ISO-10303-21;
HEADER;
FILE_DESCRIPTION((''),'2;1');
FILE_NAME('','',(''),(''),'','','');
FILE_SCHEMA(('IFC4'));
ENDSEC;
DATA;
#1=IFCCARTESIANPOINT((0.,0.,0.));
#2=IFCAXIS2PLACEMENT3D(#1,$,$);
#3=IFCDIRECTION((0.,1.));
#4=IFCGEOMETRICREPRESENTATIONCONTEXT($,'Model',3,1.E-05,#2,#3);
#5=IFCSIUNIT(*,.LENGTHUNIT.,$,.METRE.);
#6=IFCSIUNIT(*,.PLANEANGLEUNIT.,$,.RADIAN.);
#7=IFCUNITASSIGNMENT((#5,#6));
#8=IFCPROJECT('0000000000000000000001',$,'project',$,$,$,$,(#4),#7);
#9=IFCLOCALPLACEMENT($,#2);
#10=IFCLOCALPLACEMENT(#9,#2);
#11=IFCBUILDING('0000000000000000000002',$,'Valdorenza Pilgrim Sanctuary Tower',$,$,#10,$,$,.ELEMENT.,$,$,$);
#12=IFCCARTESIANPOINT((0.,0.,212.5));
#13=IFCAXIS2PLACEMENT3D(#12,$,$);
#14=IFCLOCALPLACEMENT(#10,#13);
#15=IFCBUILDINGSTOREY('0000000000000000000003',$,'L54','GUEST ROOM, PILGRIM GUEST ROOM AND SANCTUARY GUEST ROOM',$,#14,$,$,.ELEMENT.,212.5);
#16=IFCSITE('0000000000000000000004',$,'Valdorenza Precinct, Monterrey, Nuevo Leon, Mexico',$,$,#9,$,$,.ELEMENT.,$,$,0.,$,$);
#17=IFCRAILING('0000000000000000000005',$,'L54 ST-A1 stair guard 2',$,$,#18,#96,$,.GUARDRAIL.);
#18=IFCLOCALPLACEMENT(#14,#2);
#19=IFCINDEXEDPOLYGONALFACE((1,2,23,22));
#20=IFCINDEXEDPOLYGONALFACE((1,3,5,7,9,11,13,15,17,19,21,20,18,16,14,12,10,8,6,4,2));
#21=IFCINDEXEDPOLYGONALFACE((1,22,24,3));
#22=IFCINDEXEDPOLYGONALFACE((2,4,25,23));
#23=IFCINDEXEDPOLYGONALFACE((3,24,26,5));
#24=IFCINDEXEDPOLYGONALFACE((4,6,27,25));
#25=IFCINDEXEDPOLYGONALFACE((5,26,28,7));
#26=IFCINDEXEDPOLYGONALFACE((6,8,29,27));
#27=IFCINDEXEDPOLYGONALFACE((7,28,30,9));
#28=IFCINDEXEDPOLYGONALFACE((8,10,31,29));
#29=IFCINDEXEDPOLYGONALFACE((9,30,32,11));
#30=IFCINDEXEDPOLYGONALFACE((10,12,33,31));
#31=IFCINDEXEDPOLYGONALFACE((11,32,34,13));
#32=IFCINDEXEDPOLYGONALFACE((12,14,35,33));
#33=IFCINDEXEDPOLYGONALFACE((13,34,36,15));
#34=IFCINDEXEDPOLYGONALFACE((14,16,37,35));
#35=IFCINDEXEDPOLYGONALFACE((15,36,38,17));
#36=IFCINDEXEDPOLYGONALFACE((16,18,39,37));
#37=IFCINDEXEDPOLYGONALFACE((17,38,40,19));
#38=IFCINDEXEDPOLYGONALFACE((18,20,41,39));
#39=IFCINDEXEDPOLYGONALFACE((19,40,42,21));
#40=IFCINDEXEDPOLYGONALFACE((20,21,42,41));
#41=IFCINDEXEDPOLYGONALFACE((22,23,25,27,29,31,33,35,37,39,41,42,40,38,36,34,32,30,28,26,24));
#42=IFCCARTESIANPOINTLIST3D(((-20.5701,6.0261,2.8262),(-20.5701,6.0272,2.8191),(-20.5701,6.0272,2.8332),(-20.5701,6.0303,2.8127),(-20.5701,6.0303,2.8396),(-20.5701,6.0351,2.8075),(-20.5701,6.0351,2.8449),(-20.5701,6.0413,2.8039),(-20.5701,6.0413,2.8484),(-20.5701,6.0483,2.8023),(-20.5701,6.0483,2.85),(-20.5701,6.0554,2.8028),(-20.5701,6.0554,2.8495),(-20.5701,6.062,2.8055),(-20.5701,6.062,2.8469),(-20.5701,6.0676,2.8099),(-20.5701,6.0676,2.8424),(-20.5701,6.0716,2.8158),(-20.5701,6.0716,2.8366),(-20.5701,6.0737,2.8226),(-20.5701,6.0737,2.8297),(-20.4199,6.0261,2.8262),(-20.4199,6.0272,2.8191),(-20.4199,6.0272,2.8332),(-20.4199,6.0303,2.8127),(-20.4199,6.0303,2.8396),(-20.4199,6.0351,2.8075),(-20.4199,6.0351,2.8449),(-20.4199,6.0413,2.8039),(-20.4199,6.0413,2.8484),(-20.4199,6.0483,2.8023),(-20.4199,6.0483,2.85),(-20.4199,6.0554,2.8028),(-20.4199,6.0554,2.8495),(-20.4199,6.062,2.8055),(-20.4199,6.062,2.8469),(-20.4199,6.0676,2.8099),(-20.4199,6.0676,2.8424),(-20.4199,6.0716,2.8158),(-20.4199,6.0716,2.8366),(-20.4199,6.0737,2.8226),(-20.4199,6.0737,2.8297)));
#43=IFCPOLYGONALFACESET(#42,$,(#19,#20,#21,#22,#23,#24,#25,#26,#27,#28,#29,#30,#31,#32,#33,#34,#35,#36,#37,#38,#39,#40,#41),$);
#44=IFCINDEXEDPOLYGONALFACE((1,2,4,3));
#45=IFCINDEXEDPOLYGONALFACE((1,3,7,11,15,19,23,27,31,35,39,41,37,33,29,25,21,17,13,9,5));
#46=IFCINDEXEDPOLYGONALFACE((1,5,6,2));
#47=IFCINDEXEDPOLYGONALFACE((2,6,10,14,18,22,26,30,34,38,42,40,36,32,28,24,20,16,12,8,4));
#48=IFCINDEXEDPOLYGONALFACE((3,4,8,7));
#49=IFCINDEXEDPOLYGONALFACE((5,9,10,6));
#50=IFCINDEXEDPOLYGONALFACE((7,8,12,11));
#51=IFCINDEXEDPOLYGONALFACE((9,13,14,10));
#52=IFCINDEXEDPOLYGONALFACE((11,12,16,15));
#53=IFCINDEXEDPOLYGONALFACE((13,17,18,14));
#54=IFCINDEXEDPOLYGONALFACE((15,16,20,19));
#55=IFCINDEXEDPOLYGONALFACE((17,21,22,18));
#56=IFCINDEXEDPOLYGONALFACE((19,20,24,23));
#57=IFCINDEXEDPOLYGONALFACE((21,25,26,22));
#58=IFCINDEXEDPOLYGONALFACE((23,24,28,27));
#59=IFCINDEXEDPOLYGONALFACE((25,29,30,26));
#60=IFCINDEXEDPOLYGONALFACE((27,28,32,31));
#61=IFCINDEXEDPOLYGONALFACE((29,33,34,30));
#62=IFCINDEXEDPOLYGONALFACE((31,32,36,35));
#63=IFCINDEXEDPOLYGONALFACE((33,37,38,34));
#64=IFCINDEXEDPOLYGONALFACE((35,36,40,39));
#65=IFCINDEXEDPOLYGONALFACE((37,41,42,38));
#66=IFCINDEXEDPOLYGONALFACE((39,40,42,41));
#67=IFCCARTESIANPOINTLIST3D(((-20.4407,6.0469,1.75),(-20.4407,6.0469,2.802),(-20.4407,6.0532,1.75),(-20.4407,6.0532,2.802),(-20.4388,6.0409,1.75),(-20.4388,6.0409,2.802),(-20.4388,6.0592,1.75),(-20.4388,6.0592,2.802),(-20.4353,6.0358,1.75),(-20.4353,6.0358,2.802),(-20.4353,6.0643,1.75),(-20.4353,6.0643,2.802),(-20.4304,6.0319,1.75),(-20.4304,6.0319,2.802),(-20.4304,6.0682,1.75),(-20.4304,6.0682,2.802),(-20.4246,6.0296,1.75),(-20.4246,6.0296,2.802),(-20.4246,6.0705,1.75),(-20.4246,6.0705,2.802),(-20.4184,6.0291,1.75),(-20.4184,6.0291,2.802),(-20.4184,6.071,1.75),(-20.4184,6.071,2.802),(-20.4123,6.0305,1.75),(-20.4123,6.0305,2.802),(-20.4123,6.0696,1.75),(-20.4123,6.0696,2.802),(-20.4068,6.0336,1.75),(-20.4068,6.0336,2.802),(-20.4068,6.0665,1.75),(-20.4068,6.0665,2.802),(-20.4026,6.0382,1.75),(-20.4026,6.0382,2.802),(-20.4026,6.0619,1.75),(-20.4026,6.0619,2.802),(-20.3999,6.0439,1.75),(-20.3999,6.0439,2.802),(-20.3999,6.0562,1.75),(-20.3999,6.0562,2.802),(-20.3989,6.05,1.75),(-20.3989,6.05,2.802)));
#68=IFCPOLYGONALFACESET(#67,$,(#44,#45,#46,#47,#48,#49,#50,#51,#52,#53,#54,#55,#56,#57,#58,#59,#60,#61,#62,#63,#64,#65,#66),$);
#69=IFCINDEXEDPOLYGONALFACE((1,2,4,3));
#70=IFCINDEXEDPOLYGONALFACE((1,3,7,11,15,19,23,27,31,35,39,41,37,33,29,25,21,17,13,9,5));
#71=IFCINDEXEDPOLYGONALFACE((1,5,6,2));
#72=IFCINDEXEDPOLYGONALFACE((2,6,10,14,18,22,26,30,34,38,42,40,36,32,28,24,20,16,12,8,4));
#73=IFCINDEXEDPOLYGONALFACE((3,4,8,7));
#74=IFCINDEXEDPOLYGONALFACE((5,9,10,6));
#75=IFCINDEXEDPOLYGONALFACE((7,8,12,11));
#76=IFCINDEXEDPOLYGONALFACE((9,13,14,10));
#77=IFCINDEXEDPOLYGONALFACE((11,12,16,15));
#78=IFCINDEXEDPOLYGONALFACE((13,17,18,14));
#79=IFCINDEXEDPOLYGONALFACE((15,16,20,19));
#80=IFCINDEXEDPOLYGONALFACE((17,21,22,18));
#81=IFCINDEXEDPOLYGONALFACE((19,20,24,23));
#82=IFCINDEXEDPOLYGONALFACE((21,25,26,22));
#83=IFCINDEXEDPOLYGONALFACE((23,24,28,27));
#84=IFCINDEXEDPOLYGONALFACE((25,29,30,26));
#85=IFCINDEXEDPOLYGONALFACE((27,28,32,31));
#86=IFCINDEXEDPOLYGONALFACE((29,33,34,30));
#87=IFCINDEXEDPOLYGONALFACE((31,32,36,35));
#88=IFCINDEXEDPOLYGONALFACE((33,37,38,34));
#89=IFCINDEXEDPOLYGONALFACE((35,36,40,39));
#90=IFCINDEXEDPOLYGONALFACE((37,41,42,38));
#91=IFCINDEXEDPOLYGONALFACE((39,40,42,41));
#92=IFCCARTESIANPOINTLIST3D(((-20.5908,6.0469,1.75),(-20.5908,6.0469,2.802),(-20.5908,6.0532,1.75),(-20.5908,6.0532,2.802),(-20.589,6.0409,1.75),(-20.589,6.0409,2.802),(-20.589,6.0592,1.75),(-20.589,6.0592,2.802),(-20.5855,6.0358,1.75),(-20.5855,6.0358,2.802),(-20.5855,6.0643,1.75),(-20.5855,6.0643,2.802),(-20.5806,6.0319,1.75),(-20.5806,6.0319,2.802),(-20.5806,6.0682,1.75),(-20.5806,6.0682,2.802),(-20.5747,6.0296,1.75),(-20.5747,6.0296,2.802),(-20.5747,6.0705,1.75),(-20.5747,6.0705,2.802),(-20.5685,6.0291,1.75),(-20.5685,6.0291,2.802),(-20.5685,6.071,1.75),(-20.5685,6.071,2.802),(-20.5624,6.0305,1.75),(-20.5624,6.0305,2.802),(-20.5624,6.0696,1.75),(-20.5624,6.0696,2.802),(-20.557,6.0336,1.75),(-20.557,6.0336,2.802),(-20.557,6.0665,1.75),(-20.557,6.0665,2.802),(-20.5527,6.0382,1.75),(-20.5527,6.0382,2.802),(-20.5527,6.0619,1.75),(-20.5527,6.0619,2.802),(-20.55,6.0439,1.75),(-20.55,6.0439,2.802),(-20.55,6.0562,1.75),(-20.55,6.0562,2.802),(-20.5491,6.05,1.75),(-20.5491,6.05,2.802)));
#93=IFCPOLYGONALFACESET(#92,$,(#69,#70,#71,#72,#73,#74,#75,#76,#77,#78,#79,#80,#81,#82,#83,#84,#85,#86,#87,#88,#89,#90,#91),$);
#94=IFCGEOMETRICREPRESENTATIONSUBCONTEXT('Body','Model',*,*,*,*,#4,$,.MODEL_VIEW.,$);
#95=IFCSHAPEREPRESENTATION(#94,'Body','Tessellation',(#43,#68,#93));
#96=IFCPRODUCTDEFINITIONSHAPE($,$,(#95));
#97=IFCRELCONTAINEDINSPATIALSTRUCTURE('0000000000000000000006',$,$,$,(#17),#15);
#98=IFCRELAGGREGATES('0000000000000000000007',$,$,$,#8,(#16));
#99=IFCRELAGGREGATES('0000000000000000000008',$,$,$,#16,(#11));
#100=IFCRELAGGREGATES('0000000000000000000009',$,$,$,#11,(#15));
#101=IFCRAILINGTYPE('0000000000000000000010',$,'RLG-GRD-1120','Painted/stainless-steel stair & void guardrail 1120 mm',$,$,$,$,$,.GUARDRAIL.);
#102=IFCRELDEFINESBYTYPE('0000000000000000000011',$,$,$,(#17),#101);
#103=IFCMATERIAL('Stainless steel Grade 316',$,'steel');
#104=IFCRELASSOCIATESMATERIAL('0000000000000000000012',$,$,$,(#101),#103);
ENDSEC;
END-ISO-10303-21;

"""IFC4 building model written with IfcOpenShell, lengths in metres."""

from ifc_helpers import new_model, si_unit, direction, frame, origin, origin_2d, place, context, subcontext, project, spatial, circle, extrude, material, type_object, element, save


model = new_model("IFC4")

# Units and contexts
model_context = context("Model", 3, precision=1e-05, world=origin(), true_north=direction((0.0, 1.0)))
body_context = subcontext(model_context, "Body", "Model", "MODEL_VIEW")
ifc_project = project(units=[si_unit("LENGTHUNIT", "METRE"), si_unit("PLANEANGLEUNIT", "RADIAN")], contexts=[model_context])

# Site, building, storey
site_placement = place(None, origin())
site = spatial("IfcSite", under=ifc_project, at=site_placement, Name="Valdorenza Precinct, Monterrey, Nuevo Leon, Mexico", CompositionType="ELEMENT", RefElevation=0.0)
building_placement = place(site_placement, origin())
building = spatial("IfcBuilding", under=site, at=building_placement, Name="Valdorenza Pilgrim Sanctuary Tower", CompositionType="ELEMENT")
storey_placement = place(building_placement, frame((0.0, 0.0, 212.5)))
storey = spatial("IfcBuildingStorey", under=building, at=storey_placement, Name="L54", Description="GUEST ROOM, PILGRIM GUEST ROOM AND SANCTUARY GUEST ROOM", CompositionType="ELEMENT", Elevation=212.5)

# Railing
ifc_material_1 = material(Name="Stainless steel Grade 316", Category="steel")
railing_type_1 = type_object("IfcRailingType", Name="RLG-GRD-1120", Description="Painted/stainless-steel stair & void guardrail 1120 mm", PredefinedType="GUARDRAIL", material=ifc_material_1)
railing_1_placement = place(storey_placement, frame((-20.4199, 6.05, 1.75)))
element("IfcRailing", 1, at=railing_1_placement, inside=storey, type_object=railing_type_1, Name="L54 ST-A1 stair guard 2", PredefinedType="GUARDRAIL", context=body_context, shape_type="SweptSolid", body=[
    extrude(circle(Radius=0.0239, at=origin_2d()), frame((0.0, 0.0, 1.0762), z_axis=(-1.0, 0.0, 0.0), x_axis=(0.0, -1.0, 0.0)), (0.0, 0.0, 1.0), 0.1501),
    extrude(circle(Radius=0.021, at=origin_2d()), origin(), (0.0, 0.0, 1.0), 1.052),
    extrude(circle(Radius=0.021, at=origin_2d()), frame((-0.1501, 0.0, 0.0)), (0.0, 0.0, 1.0), 1.052),
])

save(model, "model.ifc")
